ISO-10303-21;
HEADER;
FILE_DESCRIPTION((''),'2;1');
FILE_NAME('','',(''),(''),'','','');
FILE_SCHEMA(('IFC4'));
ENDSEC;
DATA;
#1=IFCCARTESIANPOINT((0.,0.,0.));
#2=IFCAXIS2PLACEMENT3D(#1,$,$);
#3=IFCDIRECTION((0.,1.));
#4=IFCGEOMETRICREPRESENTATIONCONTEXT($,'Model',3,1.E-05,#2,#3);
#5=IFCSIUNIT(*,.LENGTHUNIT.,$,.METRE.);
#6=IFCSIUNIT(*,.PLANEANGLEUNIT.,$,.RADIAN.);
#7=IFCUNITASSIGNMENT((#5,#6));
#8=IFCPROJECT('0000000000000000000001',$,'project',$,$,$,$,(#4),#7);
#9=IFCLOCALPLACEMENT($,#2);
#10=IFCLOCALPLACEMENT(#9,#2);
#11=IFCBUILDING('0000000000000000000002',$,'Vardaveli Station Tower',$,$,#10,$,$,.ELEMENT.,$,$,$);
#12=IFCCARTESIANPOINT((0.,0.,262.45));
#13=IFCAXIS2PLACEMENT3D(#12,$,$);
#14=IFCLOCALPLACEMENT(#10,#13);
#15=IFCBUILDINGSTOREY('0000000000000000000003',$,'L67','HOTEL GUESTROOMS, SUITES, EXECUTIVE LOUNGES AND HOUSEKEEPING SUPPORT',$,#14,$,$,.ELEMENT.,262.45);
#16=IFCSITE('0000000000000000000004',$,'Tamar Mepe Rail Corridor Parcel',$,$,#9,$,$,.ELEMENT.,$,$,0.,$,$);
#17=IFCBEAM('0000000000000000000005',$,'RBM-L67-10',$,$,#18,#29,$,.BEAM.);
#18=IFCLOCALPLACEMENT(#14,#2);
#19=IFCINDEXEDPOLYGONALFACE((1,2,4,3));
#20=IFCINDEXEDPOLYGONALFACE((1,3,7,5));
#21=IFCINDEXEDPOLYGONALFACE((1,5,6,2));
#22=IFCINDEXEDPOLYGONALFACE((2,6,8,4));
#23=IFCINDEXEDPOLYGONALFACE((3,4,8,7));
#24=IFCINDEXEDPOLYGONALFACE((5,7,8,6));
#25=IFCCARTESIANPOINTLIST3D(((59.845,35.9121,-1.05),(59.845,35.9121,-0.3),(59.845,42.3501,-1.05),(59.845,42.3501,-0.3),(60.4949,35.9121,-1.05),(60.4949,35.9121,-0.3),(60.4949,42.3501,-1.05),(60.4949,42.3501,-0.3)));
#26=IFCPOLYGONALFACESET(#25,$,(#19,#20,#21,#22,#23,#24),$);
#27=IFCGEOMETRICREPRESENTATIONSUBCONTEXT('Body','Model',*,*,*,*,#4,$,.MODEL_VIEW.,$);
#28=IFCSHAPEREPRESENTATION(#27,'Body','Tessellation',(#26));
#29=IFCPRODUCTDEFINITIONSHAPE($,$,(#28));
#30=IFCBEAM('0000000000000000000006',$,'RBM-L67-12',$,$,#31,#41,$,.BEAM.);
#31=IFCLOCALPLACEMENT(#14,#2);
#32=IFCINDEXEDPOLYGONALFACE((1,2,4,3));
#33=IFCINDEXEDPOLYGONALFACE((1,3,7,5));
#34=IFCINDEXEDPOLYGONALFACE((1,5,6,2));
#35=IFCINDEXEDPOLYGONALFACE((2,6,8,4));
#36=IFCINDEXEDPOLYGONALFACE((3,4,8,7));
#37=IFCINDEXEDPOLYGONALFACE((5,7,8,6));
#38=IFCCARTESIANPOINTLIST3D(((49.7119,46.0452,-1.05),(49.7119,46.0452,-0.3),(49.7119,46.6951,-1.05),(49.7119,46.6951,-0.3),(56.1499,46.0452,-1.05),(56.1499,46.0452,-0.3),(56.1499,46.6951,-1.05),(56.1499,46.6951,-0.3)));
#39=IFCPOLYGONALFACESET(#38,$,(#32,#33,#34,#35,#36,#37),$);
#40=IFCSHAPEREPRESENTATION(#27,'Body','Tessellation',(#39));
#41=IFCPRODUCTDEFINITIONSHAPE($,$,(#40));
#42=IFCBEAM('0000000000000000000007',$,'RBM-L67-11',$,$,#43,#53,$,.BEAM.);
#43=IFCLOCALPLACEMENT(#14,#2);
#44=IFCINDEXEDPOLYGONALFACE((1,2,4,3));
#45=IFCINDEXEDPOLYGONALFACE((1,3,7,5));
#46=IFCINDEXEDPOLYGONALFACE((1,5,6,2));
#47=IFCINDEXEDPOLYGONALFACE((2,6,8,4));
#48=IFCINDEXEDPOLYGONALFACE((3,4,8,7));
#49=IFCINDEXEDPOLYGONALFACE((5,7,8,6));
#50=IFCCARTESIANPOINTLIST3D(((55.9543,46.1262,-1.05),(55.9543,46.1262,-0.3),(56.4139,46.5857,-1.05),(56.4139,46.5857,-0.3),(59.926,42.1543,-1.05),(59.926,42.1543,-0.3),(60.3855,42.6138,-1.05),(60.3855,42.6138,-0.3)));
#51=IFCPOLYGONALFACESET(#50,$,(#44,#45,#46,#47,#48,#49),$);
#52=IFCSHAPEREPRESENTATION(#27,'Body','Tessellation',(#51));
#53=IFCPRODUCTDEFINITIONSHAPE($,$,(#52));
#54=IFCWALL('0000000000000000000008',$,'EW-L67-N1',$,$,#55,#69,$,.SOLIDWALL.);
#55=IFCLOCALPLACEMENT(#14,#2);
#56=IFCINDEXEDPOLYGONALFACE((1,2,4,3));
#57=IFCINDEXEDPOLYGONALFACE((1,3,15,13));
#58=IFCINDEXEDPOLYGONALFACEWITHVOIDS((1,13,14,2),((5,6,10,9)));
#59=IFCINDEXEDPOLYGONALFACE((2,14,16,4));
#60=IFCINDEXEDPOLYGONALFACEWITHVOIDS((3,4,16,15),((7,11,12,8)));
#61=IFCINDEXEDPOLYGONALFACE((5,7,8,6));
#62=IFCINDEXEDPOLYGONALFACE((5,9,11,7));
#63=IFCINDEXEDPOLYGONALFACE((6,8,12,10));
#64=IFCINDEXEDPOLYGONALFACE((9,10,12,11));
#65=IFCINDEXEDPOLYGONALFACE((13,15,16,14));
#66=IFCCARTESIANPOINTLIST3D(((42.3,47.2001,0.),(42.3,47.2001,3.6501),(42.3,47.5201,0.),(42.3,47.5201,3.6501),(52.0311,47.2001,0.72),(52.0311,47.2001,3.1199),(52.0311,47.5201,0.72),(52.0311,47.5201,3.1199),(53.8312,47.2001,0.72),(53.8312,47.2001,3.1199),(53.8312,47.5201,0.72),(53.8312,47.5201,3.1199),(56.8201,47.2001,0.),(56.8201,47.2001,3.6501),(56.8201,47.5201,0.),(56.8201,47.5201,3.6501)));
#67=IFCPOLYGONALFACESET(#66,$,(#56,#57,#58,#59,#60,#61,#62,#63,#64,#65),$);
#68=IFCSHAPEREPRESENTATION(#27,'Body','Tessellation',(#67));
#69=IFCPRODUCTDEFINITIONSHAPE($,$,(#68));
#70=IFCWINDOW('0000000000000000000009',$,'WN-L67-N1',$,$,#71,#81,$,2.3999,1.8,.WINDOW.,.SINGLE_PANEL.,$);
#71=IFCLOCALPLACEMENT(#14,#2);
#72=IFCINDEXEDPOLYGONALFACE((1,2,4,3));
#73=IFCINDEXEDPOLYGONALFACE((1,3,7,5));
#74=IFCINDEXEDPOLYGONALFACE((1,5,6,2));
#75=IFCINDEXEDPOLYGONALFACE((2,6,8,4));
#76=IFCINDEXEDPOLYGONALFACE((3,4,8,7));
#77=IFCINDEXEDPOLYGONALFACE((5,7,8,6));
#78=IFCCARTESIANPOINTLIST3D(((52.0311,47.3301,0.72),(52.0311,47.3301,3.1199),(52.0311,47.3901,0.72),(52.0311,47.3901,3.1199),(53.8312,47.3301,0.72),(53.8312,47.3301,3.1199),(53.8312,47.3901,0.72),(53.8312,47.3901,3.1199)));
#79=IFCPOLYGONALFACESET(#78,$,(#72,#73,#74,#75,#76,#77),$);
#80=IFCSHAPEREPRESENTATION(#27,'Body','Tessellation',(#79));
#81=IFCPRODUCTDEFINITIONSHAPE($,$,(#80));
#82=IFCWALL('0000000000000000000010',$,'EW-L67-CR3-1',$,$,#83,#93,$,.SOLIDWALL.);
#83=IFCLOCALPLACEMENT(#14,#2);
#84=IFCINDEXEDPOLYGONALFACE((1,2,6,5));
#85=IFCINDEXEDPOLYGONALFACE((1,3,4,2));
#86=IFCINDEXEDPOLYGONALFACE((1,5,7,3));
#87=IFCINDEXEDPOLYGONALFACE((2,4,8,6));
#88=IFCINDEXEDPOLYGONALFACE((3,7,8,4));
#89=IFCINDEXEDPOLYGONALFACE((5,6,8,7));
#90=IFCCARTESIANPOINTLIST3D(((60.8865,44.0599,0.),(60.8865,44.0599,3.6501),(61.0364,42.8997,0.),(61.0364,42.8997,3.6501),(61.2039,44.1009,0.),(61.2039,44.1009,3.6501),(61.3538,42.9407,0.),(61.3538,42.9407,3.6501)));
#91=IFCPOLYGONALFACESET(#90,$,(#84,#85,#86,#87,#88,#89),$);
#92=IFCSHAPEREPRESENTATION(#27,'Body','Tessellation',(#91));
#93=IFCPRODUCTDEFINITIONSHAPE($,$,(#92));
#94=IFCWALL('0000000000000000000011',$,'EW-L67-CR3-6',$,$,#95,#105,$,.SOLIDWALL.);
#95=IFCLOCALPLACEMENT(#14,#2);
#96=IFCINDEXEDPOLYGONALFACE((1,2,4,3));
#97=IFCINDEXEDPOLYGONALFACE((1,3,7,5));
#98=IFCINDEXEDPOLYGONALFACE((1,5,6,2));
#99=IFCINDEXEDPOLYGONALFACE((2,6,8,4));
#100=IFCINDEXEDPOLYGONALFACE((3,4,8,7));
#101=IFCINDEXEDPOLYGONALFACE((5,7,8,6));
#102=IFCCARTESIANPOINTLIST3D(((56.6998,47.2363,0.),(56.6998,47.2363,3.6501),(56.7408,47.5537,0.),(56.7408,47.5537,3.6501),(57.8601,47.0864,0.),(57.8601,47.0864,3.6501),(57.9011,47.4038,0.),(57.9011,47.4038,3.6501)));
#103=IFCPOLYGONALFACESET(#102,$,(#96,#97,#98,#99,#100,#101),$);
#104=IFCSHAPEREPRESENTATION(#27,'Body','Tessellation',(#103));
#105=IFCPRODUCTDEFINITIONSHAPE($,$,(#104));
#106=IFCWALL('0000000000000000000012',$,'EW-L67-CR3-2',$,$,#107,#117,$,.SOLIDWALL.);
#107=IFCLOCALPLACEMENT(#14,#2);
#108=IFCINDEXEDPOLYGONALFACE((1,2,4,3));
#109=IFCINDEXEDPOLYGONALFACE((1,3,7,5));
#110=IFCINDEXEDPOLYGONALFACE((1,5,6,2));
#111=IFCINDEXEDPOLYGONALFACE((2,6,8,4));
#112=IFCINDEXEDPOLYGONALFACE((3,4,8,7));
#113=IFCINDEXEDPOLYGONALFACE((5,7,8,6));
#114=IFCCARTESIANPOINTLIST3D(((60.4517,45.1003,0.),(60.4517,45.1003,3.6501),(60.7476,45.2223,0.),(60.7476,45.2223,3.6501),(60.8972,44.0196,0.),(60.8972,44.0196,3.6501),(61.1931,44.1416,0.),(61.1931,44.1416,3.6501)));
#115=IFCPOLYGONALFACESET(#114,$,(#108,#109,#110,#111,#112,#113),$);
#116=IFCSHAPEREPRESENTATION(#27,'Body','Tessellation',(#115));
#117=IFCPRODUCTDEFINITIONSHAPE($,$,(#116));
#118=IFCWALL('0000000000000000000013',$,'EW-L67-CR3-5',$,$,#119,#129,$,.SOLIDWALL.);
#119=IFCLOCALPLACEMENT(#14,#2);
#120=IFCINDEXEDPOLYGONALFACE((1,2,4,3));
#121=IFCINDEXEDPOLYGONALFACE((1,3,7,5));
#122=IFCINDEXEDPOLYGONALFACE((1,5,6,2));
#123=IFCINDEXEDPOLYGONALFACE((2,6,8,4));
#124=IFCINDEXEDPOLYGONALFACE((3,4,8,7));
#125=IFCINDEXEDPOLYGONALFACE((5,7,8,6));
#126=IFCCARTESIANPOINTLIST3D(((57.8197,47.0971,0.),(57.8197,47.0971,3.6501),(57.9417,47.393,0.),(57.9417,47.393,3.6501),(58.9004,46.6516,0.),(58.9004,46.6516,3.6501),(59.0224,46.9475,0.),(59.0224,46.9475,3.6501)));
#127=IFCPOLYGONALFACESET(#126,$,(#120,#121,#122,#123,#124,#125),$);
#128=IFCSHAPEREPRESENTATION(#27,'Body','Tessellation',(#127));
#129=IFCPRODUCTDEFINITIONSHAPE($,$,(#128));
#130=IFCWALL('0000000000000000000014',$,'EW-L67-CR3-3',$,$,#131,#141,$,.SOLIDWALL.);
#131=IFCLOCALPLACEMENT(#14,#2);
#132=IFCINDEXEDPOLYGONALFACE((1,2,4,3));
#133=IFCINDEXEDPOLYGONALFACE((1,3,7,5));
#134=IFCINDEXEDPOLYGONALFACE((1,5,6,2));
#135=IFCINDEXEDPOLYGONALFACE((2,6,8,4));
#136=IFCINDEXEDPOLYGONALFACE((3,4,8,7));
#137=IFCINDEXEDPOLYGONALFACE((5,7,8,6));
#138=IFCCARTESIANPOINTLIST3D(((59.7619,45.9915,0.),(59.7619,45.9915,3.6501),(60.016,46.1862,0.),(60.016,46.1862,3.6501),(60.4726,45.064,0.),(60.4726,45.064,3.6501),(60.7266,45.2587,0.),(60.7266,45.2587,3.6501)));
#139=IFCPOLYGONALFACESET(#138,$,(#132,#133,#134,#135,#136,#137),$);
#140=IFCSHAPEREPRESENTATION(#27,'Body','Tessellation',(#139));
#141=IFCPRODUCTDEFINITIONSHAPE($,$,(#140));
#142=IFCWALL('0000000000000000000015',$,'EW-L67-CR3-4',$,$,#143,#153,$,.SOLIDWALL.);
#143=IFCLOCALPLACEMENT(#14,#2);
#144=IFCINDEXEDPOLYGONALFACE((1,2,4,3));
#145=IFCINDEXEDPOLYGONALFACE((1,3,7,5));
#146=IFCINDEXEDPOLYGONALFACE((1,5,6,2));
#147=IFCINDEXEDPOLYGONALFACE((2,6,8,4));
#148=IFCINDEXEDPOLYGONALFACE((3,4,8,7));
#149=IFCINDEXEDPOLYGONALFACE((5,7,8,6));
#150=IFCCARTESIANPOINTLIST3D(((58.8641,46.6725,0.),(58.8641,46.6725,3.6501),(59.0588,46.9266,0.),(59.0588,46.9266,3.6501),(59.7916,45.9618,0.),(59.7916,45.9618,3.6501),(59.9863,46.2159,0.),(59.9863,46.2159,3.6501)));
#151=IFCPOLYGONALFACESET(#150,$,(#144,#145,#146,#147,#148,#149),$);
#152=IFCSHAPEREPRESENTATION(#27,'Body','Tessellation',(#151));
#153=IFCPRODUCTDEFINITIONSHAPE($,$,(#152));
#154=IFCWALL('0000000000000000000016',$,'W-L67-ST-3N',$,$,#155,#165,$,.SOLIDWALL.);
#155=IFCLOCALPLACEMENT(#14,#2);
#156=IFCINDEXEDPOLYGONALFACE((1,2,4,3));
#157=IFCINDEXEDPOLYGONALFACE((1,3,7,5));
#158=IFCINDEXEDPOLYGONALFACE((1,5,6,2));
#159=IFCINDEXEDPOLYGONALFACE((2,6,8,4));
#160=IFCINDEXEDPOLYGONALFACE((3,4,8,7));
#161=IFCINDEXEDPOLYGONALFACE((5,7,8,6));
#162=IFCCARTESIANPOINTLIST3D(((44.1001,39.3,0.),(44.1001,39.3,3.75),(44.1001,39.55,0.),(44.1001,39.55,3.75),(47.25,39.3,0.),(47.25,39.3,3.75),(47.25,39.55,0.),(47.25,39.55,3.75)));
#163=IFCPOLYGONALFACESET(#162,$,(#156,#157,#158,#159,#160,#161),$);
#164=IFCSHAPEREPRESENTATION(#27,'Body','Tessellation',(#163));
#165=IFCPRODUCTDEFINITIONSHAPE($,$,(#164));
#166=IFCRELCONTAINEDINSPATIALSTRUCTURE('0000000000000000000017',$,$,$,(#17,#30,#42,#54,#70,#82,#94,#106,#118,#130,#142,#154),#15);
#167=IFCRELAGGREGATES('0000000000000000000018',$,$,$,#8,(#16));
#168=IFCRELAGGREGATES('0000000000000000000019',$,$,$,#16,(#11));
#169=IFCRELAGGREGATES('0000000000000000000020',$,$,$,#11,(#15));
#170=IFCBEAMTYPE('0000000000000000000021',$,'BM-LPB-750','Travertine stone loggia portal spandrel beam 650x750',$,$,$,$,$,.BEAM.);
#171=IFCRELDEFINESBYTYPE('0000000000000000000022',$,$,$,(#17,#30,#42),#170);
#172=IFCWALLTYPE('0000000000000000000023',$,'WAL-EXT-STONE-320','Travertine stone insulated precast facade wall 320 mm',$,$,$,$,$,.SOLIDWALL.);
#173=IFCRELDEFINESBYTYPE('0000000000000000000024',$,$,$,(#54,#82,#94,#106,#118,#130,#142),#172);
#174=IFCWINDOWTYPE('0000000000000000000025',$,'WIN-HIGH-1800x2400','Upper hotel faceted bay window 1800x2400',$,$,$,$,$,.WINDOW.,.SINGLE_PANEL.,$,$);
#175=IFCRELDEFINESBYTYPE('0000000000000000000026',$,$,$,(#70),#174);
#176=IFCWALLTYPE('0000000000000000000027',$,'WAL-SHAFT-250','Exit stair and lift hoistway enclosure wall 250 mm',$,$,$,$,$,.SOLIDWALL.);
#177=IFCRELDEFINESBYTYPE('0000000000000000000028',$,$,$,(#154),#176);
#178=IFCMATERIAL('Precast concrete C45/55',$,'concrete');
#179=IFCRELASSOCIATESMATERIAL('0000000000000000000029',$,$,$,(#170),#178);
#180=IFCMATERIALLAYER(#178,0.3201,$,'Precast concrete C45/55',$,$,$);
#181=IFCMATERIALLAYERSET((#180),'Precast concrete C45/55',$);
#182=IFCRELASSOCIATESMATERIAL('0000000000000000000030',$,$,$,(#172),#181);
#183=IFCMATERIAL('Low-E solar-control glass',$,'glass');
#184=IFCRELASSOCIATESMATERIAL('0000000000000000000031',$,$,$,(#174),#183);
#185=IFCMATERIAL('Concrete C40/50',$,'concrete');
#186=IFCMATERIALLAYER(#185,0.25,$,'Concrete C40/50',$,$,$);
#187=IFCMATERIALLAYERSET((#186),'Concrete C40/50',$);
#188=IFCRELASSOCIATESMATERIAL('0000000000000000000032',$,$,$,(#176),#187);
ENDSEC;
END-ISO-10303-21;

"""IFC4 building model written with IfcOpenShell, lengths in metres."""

from ifc_helpers import new_model, si_unit, direction, frame, frame_2d, origin, origin_2d, place, context, subcontext, project, spatial, rectangle, extrude, source, transform, mapped, material, layer, layer_set, material_profile, profile_set, type_object, element, fill, save


model = new_model("IFC4")

# Units and contexts
model_context = context("Model", 3, precision=1e-05, world=origin(), true_north=direction((0.0, 1.0)))
body_context = subcontext(model_context, "Body", "Model", "MODEL_VIEW")
ifc_project = project(units=[si_unit("LENGTHUNIT", "METRE"), si_unit("PLANEANGLEUNIT", "RADIAN")], contexts=[model_context])

# Site, building, storey
site_placement = place(None, origin())
site = spatial("IfcSite", under=ifc_project, at=site_placement, Name="Tamar Mepe Rail Corridor Parcel", CompositionType="ELEMENT", RefElevation=0.0)
building_placement = place(site_placement, origin())
building = spatial("IfcBuilding", under=site, at=building_placement, Name="Vardaveli Station Tower", CompositionType="ELEMENT")
storey_placement = place(building_placement, frame((0.0, 0.0, 262.45)))
storey = spatial("IfcBuildingStorey", under=building, at=storey_placement, Name="L67", Description="HOTEL GUESTROOMS, SUITES, EXECUTIVE LOUNGES AND HOUSEKEEPING SUPPORT", CompositionType="ELEMENT", Elevation=262.45)

# Beams
ifc_material_1 = material(Name="Precast concrete C45/55", Category="concrete")
ifc_material_profile_1 = material_profile(ifc_material_1, rectangle(XDim=0.6499, YDim=0.75, at=origin_2d()), Name="LPB 650x750")
ifc_profile_set_1 = profile_set([ifc_material_profile_1], Name="Precast concrete C45/55")
beam_type = type_object("IfcBeamType", Name="BM-LPB-750", Description="Travertine stone loggia portal spandrel beam 650x750", PredefinedType="BEAM", material=ifc_profile_set_1)
shared_shape_1 = source(origin(), body_context, "Body", "SweptSolid", [
    extrude(rectangle(XDim=0.6499, YDim=0.75, at=origin_2d()), origin(), (0.0, 0.0, 1.0), 6.438),
])
for number, where, z_axis, x_axis, name in (
    (1, (60.1699, 35.9121, -0.675), (0.0, 1.0, 0.0), (-1.0, 0.0, 0.0), "RBM-L67-10"),
    (2, (56.1499, 46.3701, -0.675), (-1.0, 0.0, 0.0), (0.0, -1.0, 0.0), "RBM-L67-12"),
):
    element("IfcBeam", number, at=place(storey_placement, frame(where, z_axis=z_axis, x_axis=x_axis)), inside=storey, type_object=beam_type, Name=name, PredefinedType="BEAM", context=body_context, shape_type="MappedRepresentation", body=[
        mapped(shared_shape_1, transform((0.0, 0.0, 0.0), scale=1.0)),
    ])
shared_shape_2 = source(origin(), body_context, "Body", "SweptSolid", [
    extrude(rectangle(XDim=0.6499, YDim=0.75, at=origin_2d()), origin(), (0.0, 0.0, 1.0), 5.6169),
])
beam_1_placement = place(storey_placement, frame((60.1558, 42.384, -0.675), z_axis=(-0.707085, 0.707129, 0.0), x_axis=(-0.707129, -0.707085, 0.0)))
element("IfcBeam", 3, at=beam_1_placement, inside=storey, type_object=beam_type, Name="RBM-L67-11", PredefinedType="BEAM", context=body_context, shape_type="MappedRepresentation", body=[
    mapped(shared_shape_2, transform((0.0, 0.0, 0.0), scale=1.0)),
])

# Wall, opening, window
ifc_layer_1 = layer(ifc_material_1, 0.3201, Name="Precast concrete C45/55")
ifc_layer_set_1 = layer_set([ifc_layer_1], Name="Precast concrete C45/55")
wall_type_1 = type_object("IfcWallType", Name="WAL-EXT-STONE-320", Description="Travertine stone insulated precast facade wall 320 mm", PredefinedType="SOLIDWALL", material=ifc_layer_set_1)
shared_shape_3 = source(origin(), body_context, "Body", "SweptSolid", [
    extrude(rectangle(XDim=14.52, YDim=0.3201, at=frame_2d((7.26, 0.0))), origin(), (0.0, 0.0, 1.0), 3.6501),
])
wall_1_placement = place(storey_placement, frame((56.8201, 47.3601, 0.0), z_axis=(0.0, 0.0, 1.0), x_axis=(-1.0, 0.0, 0.0)))
wall_1 = element("IfcWall", 4, at=wall_1_placement, inside=storey, type_object=wall_type_1, Name="EW-L67-N1", PredefinedType="SOLIDWALL", context=body_context, shape_type="MappedRepresentation", body=[
    mapped(shared_shape_3, transform((0.0, 0.0, 0.0), scale=1.0)),
])
shared_shape_4 = source(origin(), body_context, "Body", "SweptSolid", [
    extrude(rectangle(XDim=1.8, YDim=2.3999, at=frame_2d((0.8999, 1.2))), frame((0.0, 0.1699, 0.0), z_axis=(0.0, -1.0, 0.0), x_axis=(1.0, 0.0, 0.0)), (0.0, 0.0, 1.0), 0.3401),
])
opening_placement = place(wall_1_placement, frame((2.989, 0.0, 0.72)))
opening = element("IfcOpeningElement", 5, at=opening_placement, cuts=wall_1, PredefinedType="OPENING", context=body_context, shape_type="MappedRepresentation", body=[
    mapped(shared_shape_4, transform((0.0, 0.0, 0.0), scale=1.0)),
])
ifc_material_2 = material(Name="Low-E solar-control glass", Category="glass")
window_type = type_object("IfcWindowType", Name="WIN-HIGH-1800x2400", Description="Upper hotel faceted bay window 1800x2400", PartitioningType="SINGLE_PANEL", PredefinedType="WINDOW", material=ifc_material_2)
shared_shape_5 = source(origin(), body_context, "Body", "SweptSolid", [
    extrude(rectangle(XDim=1.8, YDim=2.3999, at=frame_2d((0.8999, 1.2))), frame((0.0, 0.03, 0.0), z_axis=(0.0, -1.0, 0.0), x_axis=(1.0, 0.0, 0.0)), (0.0, 0.0, 1.0), 0.0601),
])
window_placement = place(opening_placement, origin())
window = element("IfcWindow", 6, at=window_placement, inside=storey, type_object=window_type, Name="WN-L67-N1", OverallHeight=2.3999, OverallWidth=1.8, PartitioningType="SINGLE_PANEL", PredefinedType="WINDOW", context=body_context, shape_type="MappedRepresentation", body=[
    mapped(shared_shape_5, transform((0.0, 0.0, 0.0), scale=1.0)),
])
fill(opening, window)

# Walls
shared_shape_6 = source(origin(), body_context, "Body", "SweptSolid", [
    extrude(rectangle(XDim=1.1699, YDim=0.3201, at=frame_2d((0.585, 0.0))), origin(), (0.0, 0.0, 1.0), 3.6501),
])
for number, where, z_axis, x_axis, name in (
    (7, (61.1951, 42.9202, 0.0), (0.0, 0.0, 1.0), (-0.128117, 0.991759, 0.0), "EW-L67-CR3-1"),
    (8, (57.8806, 47.2451, 0.0), (0.0, 0.0, 1.0), (-0.991759, 0.128117, 0.0), "EW-L67-CR3-6"),
):
    element("IfcWall", number, at=place(storey_placement, frame(where, z_axis=z_axis, x_axis=x_axis)), inside=storey, type_object=wall_type_1, Name=name, PredefinedType="SOLIDWALL", context=body_context, shape_type="MappedRepresentation", body=[
        mapped(shared_shape_6, transform((0.0, 0.0, 0.0), scale=1.0)),
    ])
shared_shape_7 = source(origin(), body_context, "Body", "SweptSolid", [
    extrude(rectangle(XDim=1.1689, YDim=0.3201, at=frame_2d((0.5845, 0.0))), origin(), (0.0, 0.0, 1.0), 3.6501),
])
for number, where, z_axis, x_axis, name in (
    (9, (61.0452, 44.0806, 0.0), (0.0, 0.0, 1.0), (-0.381128, 0.924522, 0.0), "EW-L67-CR3-2"),
    (10, (58.9614, 46.7996, 0.0), (0.0, 0.0, 1.0), (-0.924522, 0.381128, 0.0), "EW-L67-CR3-5"),
):
    element("IfcWall", number, at=place(storey_placement, frame(where, z_axis=z_axis, x_axis=x_axis)), inside=storey, type_object=wall_type_1, Name=name, PredefinedType="SOLIDWALL", context=body_context, shape_type="MappedRepresentation", body=[
        mapped(shared_shape_7, transform((0.0, 0.0, 0.0), scale=1.0)),
    ])
shared_shape_8 = source(origin(), body_context, "Body", "SweptSolid", [
    extrude(rectangle(XDim=1.1685, YDim=0.3201, at=frame_2d((0.5842, 0.0))), origin(), (0.0, 0.0, 1.0), 3.6501),
])
for number, where, z_axis, x_axis, name in (
    (11, (60.5996, 45.1614, 0.0), (0.0, 0.0, 1.0), (-0.608225, 0.793764, 0.0), "EW-L67-CR3-3"),
    (12, (59.8889, 46.0889, 0.0), (0.0, 0.0, 1.0), (-0.793764, 0.608225, 0.0), "EW-L67-CR3-4"),
):
    element("IfcWall", number, at=place(storey_placement, frame(where, z_axis=z_axis, x_axis=x_axis)), inside=storey, type_object=wall_type_1, Name=name, PredefinedType="SOLIDWALL", context=body_context, shape_type="MappedRepresentation", body=[
        mapped(shared_shape_8, transform((0.0, 0.0, 0.0), scale=1.0)),
    ])
ifc_material_3 = material(Name="Concrete C40/50", Category="concrete")
ifc_layer_2 = layer(ifc_material_3, 0.25, Name="Concrete C40/50")
ifc_layer_set_2 = layer_set([ifc_layer_2], Name="Concrete C40/50")
wall_type_2 = type_object("IfcWallType", Name="WAL-SHAFT-250", Description="Exit stair and lift hoistway enclosure wall 250 mm", PredefinedType="SOLIDWALL", material=ifc_layer_set_2)
shared_shape_9 = source(origin(), body_context, "Body", "SweptSolid", [
    extrude(rectangle(XDim=3.1499, YDim=0.25, at=frame_2d((1.575, 0.0))), origin(), (0.0, 0.0, 1.0), 3.75),
])
wall_2_placement = place(storey_placement, frame((44.1001, 39.425, 0.0), z_axis=(0.0, 0.0, 1.0), x_axis=(1.0, 0.0, 0.0)))
element("IfcWall", 13, at=wall_2_placement, inside=storey, type_object=wall_type_2, Name="W-L67-ST-3N", PredefinedType="SOLIDWALL", context=body_context, shape_type="MappedRepresentation", body=[
    mapped(shared_shape_9, transform((0.0, 0.0, 0.0), scale=1.0)),
])

save(model, "model.ifc")
